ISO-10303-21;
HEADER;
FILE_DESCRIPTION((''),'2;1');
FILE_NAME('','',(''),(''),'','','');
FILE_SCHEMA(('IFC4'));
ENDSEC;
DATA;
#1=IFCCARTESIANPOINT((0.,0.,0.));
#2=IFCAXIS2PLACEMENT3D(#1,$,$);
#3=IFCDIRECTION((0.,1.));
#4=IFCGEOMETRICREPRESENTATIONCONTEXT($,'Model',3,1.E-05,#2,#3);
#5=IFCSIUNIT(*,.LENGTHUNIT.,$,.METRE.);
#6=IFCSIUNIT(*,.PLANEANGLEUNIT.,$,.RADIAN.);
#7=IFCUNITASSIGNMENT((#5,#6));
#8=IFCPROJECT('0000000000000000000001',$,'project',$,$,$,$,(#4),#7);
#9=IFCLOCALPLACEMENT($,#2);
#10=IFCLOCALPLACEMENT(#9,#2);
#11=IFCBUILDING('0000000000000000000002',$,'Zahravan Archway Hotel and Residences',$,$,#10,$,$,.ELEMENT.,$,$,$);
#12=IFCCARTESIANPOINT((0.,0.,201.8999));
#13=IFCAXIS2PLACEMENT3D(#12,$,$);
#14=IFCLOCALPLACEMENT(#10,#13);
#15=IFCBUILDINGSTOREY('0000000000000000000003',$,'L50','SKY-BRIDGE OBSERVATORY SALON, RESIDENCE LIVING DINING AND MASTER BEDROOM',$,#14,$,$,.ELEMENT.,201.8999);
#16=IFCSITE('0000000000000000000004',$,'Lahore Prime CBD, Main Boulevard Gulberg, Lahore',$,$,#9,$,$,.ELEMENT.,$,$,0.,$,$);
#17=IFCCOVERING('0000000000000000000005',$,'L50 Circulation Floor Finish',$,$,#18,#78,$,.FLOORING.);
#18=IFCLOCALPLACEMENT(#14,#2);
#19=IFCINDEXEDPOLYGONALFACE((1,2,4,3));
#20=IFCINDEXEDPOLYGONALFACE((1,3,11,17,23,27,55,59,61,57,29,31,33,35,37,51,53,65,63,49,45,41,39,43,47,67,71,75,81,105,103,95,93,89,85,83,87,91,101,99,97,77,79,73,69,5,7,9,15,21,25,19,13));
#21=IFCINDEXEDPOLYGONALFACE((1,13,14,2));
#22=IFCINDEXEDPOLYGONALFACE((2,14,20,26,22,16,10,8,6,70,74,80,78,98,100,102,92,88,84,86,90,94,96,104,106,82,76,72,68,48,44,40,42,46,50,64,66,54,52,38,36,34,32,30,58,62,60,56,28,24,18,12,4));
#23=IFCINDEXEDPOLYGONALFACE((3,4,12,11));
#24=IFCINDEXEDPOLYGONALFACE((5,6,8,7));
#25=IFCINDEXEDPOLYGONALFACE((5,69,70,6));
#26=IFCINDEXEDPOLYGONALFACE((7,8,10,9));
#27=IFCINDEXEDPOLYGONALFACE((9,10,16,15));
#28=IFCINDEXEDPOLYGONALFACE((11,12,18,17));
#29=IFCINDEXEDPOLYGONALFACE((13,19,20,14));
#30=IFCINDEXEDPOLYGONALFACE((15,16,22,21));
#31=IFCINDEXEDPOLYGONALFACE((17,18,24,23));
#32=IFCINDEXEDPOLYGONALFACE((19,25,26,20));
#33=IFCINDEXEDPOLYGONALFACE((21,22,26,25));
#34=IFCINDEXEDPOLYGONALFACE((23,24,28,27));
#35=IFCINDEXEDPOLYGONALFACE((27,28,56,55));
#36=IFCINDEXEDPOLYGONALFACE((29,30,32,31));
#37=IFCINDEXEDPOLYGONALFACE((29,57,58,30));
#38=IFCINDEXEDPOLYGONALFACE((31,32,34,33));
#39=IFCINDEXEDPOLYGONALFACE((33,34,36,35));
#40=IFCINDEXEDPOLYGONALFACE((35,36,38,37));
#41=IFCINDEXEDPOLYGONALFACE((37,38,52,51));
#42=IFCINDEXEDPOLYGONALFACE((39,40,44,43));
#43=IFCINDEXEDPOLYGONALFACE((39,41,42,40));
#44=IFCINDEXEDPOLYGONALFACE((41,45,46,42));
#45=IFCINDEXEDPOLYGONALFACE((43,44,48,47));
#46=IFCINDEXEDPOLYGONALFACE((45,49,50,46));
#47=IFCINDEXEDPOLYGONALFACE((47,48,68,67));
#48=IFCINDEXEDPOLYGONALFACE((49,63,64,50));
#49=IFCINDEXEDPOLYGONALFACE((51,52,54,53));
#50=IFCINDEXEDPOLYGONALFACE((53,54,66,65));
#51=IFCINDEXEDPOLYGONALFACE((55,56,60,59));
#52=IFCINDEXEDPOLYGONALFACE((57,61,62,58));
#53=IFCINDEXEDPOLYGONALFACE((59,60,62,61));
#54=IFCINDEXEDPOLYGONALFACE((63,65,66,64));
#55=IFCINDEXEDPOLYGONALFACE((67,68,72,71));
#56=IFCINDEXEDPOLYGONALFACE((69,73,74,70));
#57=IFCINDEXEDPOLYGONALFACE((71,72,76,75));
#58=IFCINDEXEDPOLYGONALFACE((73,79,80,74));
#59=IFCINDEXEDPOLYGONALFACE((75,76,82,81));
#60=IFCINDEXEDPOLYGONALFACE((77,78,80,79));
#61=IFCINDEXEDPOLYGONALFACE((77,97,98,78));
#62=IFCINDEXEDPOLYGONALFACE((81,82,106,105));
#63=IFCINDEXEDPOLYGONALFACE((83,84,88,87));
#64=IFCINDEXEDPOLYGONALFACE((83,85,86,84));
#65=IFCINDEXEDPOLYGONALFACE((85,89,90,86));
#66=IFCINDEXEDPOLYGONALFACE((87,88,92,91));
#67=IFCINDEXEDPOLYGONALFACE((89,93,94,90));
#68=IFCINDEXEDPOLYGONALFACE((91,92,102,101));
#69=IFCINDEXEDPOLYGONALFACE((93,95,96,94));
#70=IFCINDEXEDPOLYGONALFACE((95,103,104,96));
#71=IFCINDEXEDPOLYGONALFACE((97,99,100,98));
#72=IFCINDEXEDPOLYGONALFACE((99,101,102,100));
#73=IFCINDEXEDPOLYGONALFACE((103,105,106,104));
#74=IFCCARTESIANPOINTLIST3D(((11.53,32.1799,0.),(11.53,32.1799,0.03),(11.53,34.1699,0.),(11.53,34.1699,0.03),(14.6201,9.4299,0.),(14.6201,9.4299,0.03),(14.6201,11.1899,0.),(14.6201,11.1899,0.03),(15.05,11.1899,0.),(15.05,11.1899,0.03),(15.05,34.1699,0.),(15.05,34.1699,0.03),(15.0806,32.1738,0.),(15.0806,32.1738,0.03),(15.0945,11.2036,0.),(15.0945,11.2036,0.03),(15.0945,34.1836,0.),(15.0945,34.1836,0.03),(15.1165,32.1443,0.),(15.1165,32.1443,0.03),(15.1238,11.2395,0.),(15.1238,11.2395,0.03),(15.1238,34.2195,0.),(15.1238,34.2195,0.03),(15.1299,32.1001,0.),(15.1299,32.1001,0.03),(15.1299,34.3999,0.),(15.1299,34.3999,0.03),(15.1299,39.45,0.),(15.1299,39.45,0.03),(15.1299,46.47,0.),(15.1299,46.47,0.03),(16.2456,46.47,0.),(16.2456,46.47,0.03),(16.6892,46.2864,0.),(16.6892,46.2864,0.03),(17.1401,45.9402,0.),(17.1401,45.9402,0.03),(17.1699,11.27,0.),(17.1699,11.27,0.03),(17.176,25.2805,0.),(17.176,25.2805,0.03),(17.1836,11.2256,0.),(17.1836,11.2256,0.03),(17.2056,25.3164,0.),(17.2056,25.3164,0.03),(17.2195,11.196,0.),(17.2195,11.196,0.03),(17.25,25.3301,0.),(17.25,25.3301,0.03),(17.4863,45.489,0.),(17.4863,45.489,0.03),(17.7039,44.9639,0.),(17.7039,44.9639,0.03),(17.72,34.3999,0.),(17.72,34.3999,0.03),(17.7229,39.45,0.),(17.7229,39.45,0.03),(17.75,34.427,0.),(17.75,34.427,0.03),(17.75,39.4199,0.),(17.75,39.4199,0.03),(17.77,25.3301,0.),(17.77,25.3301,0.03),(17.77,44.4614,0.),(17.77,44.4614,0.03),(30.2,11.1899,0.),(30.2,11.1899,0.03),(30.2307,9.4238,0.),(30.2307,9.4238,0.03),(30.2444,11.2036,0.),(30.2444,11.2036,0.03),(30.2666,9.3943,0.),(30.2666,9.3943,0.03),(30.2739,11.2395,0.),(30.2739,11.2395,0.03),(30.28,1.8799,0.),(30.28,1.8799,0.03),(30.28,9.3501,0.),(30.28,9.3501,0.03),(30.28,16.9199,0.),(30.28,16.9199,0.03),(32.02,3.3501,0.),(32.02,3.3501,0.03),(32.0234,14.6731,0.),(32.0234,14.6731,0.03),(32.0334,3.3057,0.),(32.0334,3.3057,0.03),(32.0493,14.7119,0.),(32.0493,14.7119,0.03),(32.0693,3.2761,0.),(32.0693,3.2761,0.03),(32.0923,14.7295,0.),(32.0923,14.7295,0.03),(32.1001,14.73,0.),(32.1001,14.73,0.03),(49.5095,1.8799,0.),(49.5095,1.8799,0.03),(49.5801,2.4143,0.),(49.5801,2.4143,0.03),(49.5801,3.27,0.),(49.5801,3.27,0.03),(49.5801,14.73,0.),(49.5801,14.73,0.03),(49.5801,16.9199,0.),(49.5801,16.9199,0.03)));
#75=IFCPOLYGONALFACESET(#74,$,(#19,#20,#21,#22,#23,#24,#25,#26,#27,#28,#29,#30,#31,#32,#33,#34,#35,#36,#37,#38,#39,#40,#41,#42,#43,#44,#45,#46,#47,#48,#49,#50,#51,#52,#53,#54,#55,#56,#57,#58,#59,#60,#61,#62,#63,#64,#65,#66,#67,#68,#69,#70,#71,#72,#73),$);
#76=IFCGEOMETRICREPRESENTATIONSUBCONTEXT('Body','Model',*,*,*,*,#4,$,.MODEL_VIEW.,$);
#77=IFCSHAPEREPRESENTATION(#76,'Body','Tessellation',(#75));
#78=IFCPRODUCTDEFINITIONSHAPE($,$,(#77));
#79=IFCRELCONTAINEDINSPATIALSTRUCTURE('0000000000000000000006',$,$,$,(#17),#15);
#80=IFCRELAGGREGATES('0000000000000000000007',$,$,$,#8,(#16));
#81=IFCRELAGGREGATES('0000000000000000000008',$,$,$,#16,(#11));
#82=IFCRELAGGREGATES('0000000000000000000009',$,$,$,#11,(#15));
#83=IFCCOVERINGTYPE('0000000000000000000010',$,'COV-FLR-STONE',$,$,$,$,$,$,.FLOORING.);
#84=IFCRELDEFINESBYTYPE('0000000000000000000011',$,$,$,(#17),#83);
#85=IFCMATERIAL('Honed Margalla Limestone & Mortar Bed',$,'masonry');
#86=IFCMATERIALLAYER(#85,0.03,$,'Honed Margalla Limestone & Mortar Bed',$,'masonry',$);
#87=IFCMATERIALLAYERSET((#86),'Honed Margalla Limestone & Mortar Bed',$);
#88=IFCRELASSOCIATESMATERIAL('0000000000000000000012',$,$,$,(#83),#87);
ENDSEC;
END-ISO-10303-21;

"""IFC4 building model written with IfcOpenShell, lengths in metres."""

from ifc_helpers import new_model, si_unit, direction, frame, origin, place, context, subcontext, project, spatial, polyline, outline, extrude, material, layer, layer_set, type_object, element, save


model = new_model("IFC4")

# Units and contexts
model_context = context("Model", 3, precision=1e-05, world=origin(), true_north=direction((0.0, 1.0)))
body_context = subcontext(model_context, "Body", "Model", "MODEL_VIEW")
ifc_project = project(units=[si_unit("LENGTHUNIT", "METRE"), si_unit("PLANEANGLEUNIT", "RADIAN")], contexts=[model_context])

# Site, building, storey
site_placement = place(None, origin())
site = spatial("IfcSite", under=ifc_project, at=site_placement, Name="Lahore Prime CBD, Main Boulevard Gulberg, Lahore", CompositionType="ELEMENT", RefElevation=0.0)
building_placement = place(site_placement, origin())
building = spatial("IfcBuilding", under=site, at=building_placement, Name="Zahravan Archway Hotel and Residences", CompositionType="ELEMENT")
storey_placement = place(building_placement, frame((0.0, 0.0, 201.8999)))
storey = spatial("IfcBuildingStorey", under=building, at=storey_placement, Name="L50", Description="SKY-BRIDGE OBSERVATORY SALON, RESIDENCE LIVING DINING AND MASTER BEDROOM", CompositionType="ELEMENT", Elevation=201.8999)

# Covering
ifc_material_1 = material(Name="Honed Margalla Limestone & Mortar Bed", Category="masonry")
ifc_layer_1 = layer(ifc_material_1, 0.03, Name="Honed Margalla Limestone & Mortar Bed", Category="masonry")
ifc_layer_set_1 = layer_set([ifc_layer_1], Name="Honed Margalla Limestone & Mortar Bed")
covering_type_1 = type_object("IfcCoveringType", Name="COV-FLR-STONE", PredefinedType="FLOORING", material=ifc_layer_set_1)
covering_1_placement = place(storey_placement, origin())
element("IfcCovering", 1, at=covering_1_placement, inside=storey, type_object=covering_type_1, Name="L50 Circulation Floor Finish", PredefinedType="FLOORING", context=body_context, shape_type="SweptSolid", body=[
    extrude(outline(polyline([(32.0923, 14.7295), (32.0493, 14.7119), (32.0234, 14.6731), (32.02, 3.3501), (32.0334, 3.3057), (32.0693, 3.2761), (49.5801, 3.27), (49.5801, 2.4143), (49.5095, 1.8799), (30.28, 1.8799), (30.28, 9.3501), (30.2666, 9.3943), (30.2307, 9.4238), (14.6201, 9.4299), (14.6201, 11.1899), (15.05, 11.1899), (15.0945, 11.2036), (15.1238, 11.2395), (15.1299, 32.1001), (15.1165, 32.1443), (15.0806, 32.1738), (11.53, 32.1799), (11.53, 34.1699), (15.05, 34.1699), (15.0945, 34.1836), (15.1238, 34.2195), (15.1299, 34.3999), (17.72, 34.3999), (17.75, 34.427), (17.75, 39.4199), (17.7229, 39.45), (15.1299, 39.45), (15.1299, 46.47), (16.2456, 46.47), (16.6892, 46.2864), (17.1401, 45.9402), (17.4863, 45.489), (17.7039, 44.9639), (17.77, 44.4614), (17.77, 25.3301), (17.25, 25.3301), (17.2056, 25.3164), (17.176, 25.2805), (17.1699, 11.27), (17.1836, 11.2256), (17.2195, 11.196), (30.2, 11.1899), (30.2444, 11.2036), (30.2739, 11.2395), (30.28, 16.9199), (49.5801, 16.9199), (49.5801, 14.73), (32.1001, 14.73), (32.0923, 14.7295)])), origin(), (0.0, 0.0, 1.0), 0.03),
])

save(model, "model.ifc")
